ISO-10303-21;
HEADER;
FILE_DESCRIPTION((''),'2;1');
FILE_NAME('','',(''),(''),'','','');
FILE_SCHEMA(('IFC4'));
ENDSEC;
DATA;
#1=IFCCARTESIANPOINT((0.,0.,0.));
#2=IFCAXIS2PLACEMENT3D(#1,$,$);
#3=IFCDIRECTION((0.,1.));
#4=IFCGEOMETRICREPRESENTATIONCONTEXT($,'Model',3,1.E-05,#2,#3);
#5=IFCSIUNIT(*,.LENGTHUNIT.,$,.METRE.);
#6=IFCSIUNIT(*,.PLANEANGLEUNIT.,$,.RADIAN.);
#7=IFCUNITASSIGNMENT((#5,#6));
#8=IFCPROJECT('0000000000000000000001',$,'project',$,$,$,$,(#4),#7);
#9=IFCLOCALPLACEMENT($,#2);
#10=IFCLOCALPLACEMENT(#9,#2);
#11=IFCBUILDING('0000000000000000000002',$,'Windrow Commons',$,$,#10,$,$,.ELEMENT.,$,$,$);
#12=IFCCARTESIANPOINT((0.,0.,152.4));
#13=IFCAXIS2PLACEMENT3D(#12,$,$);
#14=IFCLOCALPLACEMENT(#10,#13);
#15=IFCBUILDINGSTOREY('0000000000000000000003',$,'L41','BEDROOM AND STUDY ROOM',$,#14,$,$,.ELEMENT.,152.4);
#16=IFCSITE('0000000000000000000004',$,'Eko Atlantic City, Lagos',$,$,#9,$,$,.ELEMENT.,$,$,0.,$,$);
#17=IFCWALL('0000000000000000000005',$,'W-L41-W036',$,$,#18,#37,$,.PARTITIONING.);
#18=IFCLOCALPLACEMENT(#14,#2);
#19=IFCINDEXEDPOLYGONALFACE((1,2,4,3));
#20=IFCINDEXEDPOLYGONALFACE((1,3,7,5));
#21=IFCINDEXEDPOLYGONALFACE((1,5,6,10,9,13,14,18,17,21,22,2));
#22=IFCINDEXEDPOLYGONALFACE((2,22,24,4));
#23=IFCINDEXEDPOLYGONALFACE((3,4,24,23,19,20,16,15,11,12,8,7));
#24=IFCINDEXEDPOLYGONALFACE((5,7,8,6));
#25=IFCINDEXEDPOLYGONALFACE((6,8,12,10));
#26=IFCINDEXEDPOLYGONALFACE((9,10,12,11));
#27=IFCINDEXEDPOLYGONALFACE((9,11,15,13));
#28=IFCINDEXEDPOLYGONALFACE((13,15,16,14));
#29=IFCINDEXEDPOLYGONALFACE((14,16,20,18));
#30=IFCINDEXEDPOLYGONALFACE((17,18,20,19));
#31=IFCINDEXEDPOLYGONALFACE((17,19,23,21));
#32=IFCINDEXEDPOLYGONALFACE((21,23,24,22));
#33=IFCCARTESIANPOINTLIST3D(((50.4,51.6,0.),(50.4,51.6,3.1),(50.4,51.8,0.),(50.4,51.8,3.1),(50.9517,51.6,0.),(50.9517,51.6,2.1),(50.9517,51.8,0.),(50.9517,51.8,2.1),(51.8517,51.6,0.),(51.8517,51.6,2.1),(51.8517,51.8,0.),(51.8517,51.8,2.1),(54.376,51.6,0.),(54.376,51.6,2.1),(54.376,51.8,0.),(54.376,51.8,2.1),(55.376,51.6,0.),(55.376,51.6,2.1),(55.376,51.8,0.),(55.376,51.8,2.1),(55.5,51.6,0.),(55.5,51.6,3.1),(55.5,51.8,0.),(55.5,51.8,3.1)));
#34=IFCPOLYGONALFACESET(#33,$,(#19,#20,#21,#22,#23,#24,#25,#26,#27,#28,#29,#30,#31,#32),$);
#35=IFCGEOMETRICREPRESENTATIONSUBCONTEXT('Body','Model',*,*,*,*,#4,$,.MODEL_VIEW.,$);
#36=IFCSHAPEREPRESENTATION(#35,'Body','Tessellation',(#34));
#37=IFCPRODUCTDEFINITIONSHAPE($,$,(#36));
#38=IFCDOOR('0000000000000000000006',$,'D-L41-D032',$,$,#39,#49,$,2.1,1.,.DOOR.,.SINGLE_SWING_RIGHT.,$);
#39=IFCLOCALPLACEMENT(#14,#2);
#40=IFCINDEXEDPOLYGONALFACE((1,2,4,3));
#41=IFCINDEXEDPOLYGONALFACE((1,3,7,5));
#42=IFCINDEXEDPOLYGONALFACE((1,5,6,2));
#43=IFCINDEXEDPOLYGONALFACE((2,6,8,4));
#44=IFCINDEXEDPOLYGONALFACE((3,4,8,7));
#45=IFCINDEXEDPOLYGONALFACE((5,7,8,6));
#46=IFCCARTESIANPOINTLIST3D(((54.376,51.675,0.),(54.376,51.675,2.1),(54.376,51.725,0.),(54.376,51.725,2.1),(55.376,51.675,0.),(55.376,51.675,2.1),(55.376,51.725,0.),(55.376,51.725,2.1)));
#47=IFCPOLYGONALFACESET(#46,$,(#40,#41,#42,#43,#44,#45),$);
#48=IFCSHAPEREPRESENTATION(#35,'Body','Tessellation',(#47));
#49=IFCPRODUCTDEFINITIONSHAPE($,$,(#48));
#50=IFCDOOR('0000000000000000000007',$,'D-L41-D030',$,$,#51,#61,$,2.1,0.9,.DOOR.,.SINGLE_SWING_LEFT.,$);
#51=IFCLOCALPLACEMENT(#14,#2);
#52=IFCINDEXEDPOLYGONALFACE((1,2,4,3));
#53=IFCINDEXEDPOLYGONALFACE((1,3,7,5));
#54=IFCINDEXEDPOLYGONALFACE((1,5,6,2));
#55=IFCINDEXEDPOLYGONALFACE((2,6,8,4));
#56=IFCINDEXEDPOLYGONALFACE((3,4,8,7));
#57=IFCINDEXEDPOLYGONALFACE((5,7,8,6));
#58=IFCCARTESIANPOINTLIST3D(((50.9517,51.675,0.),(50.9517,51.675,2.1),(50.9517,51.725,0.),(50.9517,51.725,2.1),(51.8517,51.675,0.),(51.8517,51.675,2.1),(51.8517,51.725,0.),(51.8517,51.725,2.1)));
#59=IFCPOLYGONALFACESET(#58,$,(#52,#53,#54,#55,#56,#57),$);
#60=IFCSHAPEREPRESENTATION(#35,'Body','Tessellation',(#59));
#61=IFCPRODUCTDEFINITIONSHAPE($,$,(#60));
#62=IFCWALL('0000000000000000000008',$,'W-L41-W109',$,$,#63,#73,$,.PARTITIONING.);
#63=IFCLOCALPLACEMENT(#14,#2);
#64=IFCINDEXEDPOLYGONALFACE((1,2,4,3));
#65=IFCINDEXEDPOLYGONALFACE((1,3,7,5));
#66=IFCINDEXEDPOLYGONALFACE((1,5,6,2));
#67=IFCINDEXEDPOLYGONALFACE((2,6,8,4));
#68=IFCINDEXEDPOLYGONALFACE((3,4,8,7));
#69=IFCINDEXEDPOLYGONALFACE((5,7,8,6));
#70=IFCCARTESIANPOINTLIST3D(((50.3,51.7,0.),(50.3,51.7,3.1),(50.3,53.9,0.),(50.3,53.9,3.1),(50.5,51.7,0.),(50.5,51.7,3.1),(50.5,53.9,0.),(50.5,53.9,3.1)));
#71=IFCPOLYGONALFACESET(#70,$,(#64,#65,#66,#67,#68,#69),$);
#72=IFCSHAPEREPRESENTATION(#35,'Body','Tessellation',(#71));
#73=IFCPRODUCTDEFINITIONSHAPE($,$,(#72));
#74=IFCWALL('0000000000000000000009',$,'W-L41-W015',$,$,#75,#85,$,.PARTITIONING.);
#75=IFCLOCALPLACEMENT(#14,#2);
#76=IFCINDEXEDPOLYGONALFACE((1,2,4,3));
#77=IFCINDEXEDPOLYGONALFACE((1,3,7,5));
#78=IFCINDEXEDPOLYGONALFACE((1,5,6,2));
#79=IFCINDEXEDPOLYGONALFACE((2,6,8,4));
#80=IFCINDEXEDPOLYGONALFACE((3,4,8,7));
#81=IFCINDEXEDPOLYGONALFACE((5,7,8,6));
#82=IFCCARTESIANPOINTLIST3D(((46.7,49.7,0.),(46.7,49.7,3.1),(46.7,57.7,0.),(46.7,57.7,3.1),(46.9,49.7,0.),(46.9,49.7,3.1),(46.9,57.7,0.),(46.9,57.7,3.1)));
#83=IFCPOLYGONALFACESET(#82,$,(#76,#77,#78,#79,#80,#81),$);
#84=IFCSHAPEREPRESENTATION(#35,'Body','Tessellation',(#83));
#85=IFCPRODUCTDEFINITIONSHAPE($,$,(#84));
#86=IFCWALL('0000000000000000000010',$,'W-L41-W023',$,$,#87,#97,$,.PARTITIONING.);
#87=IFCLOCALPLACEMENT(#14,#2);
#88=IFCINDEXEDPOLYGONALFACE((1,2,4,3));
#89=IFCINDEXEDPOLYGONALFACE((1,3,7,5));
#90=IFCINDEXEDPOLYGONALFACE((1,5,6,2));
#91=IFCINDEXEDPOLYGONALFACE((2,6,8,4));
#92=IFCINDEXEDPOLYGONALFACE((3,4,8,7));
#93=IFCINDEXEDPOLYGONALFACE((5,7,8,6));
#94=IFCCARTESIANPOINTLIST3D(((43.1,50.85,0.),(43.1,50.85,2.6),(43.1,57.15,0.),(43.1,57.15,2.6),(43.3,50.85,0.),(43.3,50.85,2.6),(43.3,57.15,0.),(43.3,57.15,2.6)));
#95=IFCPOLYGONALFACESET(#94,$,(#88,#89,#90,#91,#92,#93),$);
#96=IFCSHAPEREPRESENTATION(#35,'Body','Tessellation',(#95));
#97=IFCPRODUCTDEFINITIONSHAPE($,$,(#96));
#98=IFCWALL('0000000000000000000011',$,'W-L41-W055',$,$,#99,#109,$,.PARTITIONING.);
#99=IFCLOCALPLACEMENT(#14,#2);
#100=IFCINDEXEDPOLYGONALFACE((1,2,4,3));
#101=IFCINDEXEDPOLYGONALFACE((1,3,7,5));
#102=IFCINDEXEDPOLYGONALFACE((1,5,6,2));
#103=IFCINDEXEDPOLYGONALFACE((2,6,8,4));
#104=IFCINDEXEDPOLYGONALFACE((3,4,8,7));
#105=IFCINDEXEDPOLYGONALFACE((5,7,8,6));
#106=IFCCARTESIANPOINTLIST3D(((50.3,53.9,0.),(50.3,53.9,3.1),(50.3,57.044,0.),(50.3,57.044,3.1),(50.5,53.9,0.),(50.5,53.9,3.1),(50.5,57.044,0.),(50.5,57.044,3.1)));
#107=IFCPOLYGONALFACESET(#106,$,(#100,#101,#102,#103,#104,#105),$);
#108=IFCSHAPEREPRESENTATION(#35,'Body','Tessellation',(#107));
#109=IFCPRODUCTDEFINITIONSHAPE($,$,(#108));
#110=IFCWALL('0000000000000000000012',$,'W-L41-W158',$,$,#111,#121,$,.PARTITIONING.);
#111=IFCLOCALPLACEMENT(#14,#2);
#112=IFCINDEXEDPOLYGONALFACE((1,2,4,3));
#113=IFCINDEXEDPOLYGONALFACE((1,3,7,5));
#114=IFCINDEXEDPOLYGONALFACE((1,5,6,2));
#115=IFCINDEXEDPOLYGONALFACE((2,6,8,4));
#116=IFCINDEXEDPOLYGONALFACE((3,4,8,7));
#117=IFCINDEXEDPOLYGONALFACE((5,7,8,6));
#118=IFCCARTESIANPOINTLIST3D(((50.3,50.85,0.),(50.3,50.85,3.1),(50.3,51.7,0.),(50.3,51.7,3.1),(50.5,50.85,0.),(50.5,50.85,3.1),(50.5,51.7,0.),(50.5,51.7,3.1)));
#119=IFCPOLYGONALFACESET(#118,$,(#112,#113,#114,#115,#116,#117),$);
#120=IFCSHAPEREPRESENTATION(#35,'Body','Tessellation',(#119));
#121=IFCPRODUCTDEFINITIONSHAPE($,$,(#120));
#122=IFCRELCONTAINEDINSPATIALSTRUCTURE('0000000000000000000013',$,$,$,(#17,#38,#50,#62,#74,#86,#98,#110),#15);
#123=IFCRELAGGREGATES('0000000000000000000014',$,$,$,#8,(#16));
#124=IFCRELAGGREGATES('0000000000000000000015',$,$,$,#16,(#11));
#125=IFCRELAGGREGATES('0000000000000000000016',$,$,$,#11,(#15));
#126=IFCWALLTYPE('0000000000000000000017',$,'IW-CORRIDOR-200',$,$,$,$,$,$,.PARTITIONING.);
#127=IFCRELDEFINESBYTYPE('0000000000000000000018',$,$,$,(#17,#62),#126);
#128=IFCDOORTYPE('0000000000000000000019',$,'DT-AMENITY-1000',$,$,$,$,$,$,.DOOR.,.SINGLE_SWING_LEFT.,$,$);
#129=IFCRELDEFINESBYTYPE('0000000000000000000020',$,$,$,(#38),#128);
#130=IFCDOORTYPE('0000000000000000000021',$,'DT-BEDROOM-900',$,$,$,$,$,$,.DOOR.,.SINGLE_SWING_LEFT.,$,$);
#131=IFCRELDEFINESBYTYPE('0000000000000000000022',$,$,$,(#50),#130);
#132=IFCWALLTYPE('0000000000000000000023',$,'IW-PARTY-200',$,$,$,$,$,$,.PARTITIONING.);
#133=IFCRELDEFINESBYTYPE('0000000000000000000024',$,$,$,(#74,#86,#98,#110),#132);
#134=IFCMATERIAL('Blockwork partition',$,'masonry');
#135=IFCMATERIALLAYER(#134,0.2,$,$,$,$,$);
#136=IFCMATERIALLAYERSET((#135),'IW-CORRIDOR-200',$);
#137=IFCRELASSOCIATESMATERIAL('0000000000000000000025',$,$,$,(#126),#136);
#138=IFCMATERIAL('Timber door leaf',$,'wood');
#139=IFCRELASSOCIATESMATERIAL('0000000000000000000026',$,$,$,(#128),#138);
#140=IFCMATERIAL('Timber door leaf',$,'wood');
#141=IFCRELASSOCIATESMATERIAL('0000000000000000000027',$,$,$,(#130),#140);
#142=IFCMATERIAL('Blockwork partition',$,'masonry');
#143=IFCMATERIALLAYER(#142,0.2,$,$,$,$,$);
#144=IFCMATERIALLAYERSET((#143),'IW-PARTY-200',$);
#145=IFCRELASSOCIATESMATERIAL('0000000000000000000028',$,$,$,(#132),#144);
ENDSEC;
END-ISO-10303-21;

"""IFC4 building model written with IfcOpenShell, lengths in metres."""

from ifc_helpers import new_model, si_unit, direction, frame, frame_2d, origin, place, context, subcontext, project, spatial, rectangle, extrude, material, layer, layer_set, type_object, element, fill, save


model = new_model("IFC4")

# Units and contexts
model_context = context("Model", 3, precision=1e-05, world=origin(), true_north=direction((0.0, 1.0)))
body_context = subcontext(model_context, "Body", "Model", "MODEL_VIEW")
ifc_project = project(units=[si_unit("LENGTHUNIT", "METRE"), si_unit("PLANEANGLEUNIT", "RADIAN")], contexts=[model_context])

# Site, building, storey
site_placement = place(None, origin())
site = spatial("IfcSite", under=ifc_project, at=site_placement, Name="Eko Atlantic City, Lagos", CompositionType="ELEMENT", RefElevation=0.0)
building_placement = place(site_placement, origin())
building = spatial("IfcBuilding", under=site, at=building_placement, Name="Windrow Commons", CompositionType="ELEMENT")
storey_placement = place(building_placement, frame((0.0, 0.0, 152.4)))
storey = spatial("IfcBuildingStorey", under=building, at=storey_placement, Name="L41", Description="BEDROOM AND STUDY ROOM", CompositionType="ELEMENT", Elevation=152.4)

# Wall, openings, doors
ifc_material_1 = material(Name="Blockwork partition", Category="masonry")
ifc_layer_1 = layer(ifc_material_1, 0.2)
ifc_layer_set_1 = layer_set([ifc_layer_1], Name="IW-CORRIDOR-200")
wall_type_1 = type_object("IfcWallType", Name="IW-CORRIDOR-200", PredefinedType="PARTITIONING", material=ifc_layer_set_1)
wall_1_placement = place(storey_placement, frame((50.4, 51.7, 0.0), z_axis=(0.0, 0.0, 1.0), x_axis=(1.0, 0.0, 0.0)))
wall_1 = element("IfcWall", 1, at=wall_1_placement, inside=storey, type_object=wall_type_1, Name="W-L41-W036", PredefinedType="PARTITIONING", context=body_context, shape_type="SweptSolid", body=[
    extrude(rectangle(XDim=5.1, YDim=0.2, at=frame_2d((2.55, 0.0))), origin(), (0.0, 0.0, 1.0), 3.1),
])
opening_1_placement = place(wall_1_placement, frame((0.5517, 0.0, 0.0)))
opening_1 = element("IfcOpeningElement", 2, at=opening_1_placement, cuts=wall_1, PredefinedType="OPENING", context=body_context, shape_type="SweptSolid", body=[
    extrude(rectangle(XDim=0.9, YDim=2.1, at=frame_2d((0.45, 1.05))), frame((0.0, 0.11, 0.0), z_axis=(0.0, -1.0, 0.0), x_axis=(1.0, 0.0, 0.0)), (0.0, 0.0, 1.0), 0.22),
])
opening_2_placement = place(wall_1_placement, frame((3.976, 0.0, 0.0)))
opening_2 = element("IfcOpeningElement", 3, at=opening_2_placement, cuts=wall_1, PredefinedType="OPENING", context=body_context, shape_type="SweptSolid", body=[
    extrude(rectangle(XDim=1.0, YDim=2.1, at=frame_2d((0.5, 1.05))), frame((0.0, 0.11, 0.0), z_axis=(0.0, -1.0, 0.0), x_axis=(1.0, 0.0, 0.0)), (0.0, 0.0, 1.0), 0.22),
])
ifc_material_2 = material(Name="Timber door leaf", Category="wood")
door_type_1 = type_object("IfcDoorType", Name="DT-AMENITY-1000", OperationType="SINGLE_SWING_LEFT", PredefinedType="DOOR", material=ifc_material_2)
door_1_placement = place(opening_2_placement, origin())
door_1 = element("IfcDoor", 4, at=door_1_placement, inside=storey, type_object=door_type_1, Name="D-L41-D032", OperationType="SINGLE_SWING_RIGHT", OverallHeight=2.1, OverallWidth=1.0, PredefinedType="DOOR", context=body_context, shape_type="SweptSolid", body=[
    extrude(rectangle(XDim=1.0, YDim=2.1, at=frame_2d((0.5, 1.05))), frame((0.0, 0.025, 0.0), z_axis=(0.0, -1.0, 0.0), x_axis=(1.0, 0.0, 0.0)), (0.0, 0.0, 1.0), 0.05),
])
fill(opening_2, door_1)
ifc_material_3 = material(Name="Timber door leaf", Category="wood")
door_type_2 = type_object("IfcDoorType", Name="DT-BEDROOM-900", OperationType="SINGLE_SWING_LEFT", PredefinedType="DOOR", material=ifc_material_3)
door_2_placement = place(opening_1_placement, origin())
door_2 = element("IfcDoor", 5, at=door_2_placement, inside=storey, type_object=door_type_2, Name="D-L41-D030", OperationType="SINGLE_SWING_LEFT", OverallHeight=2.1, OverallWidth=0.9, PredefinedType="DOOR", context=body_context, shape_type="SweptSolid", body=[
    extrude(rectangle(XDim=0.9, YDim=2.1, at=frame_2d((0.45, 1.05))), frame((0.0, 0.025, 0.0), z_axis=(0.0, -1.0, 0.0), x_axis=(1.0, 0.0, 0.0)), (0.0, 0.0, 1.0), 0.05),
])
fill(opening_1, door_2)

# Walls
wall_2_placement = place(storey_placement, frame((50.4, 51.7, 0.0), z_axis=(0.0, 0.0, 1.0), x_axis=(0.0, 1.0, 0.0)))
element("IfcWall", 6, at=wall_2_placement, inside=storey, type_object=wall_type_1, Name="W-L41-W109", PredefinedType="PARTITIONING", context=body_context, shape_type="SweptSolid", body=[
    extrude(rectangle(XDim=2.2, YDim=0.2, at=frame_2d((1.1, 0.0))), origin(), (0.0, 0.0, 1.0), 3.1),
])
ifc_material_4 = material(Name="Blockwork partition", Category="masonry")
ifc_layer_2 = layer(ifc_material_4, 0.2)
ifc_layer_set_2 = layer_set([ifc_layer_2], Name="IW-PARTY-200")
wall_type_2 = type_object("IfcWallType", Name="IW-PARTY-200", PredefinedType="PARTITIONING", material=ifc_layer_set_2)
wall_3_placement = place(storey_placement, frame((46.8, 49.7, 0.0), z_axis=(0.0, 0.0, 1.0), x_axis=(0.0, 1.0, 0.0)))
element("IfcWall", 7, at=wall_3_placement, inside=storey, type_object=wall_type_2, Name="W-L41-W015", PredefinedType="PARTITIONING", context=body_context, shape_type="SweptSolid", body=[
    extrude(rectangle(XDim=8.0, YDim=0.2, at=frame_2d((4.0, 0.0))), origin(), (0.0, 0.0, 1.0), 3.1),
])
wall_4_placement = place(storey_placement, frame((43.2, 50.85, 0.0), z_axis=(0.0, 0.0, 1.0), x_axis=(0.0, 1.0, 0.0)))
element("IfcWall", 8, at=wall_4_placement, inside=storey, type_object=wall_type_2, Name="W-L41-W023", PredefinedType="PARTITIONING", context=body_context, shape_type="SweptSolid", body=[
    extrude(rectangle(XDim=6.3, YDim=0.2, at=frame_2d((3.15, 0.0))), origin(), (0.0, 0.0, 1.0), 2.6),
])
wall_5_placement = place(storey_placement, frame((50.4, 53.9, 0.0), z_axis=(0.0, 0.0, 1.0), x_axis=(0.0, 1.0, 0.0)))
element("IfcWall", 9, at=wall_5_placement, inside=storey, type_object=wall_type_2, Name="W-L41-W055", PredefinedType="PARTITIONING", context=body_context, shape_type="SweptSolid", body=[
    extrude(rectangle(XDim=3.144, YDim=0.2, at=frame_2d((1.572, 0.0))), origin(), (0.0, 0.0, 1.0), 3.1),
])
wall_6_placement = place(storey_placement, frame((50.4, 50.85, 0.0), z_axis=(0.0, 0.0, 1.0), x_axis=(0.0, 1.0, 0.0)))
element("IfcWall", 10, at=wall_6_placement, inside=storey, type_object=wall_type_2, Name="W-L41-W158", PredefinedType="PARTITIONING", context=body_context, shape_type="SweptSolid", body=[
    extrude(rectangle(XDim=0.85, YDim=0.2, at=frame_2d((0.425, 0.0))), origin(), (0.0, 0.0, 1.0), 3.1),
])

save(model, "model.ifc")
